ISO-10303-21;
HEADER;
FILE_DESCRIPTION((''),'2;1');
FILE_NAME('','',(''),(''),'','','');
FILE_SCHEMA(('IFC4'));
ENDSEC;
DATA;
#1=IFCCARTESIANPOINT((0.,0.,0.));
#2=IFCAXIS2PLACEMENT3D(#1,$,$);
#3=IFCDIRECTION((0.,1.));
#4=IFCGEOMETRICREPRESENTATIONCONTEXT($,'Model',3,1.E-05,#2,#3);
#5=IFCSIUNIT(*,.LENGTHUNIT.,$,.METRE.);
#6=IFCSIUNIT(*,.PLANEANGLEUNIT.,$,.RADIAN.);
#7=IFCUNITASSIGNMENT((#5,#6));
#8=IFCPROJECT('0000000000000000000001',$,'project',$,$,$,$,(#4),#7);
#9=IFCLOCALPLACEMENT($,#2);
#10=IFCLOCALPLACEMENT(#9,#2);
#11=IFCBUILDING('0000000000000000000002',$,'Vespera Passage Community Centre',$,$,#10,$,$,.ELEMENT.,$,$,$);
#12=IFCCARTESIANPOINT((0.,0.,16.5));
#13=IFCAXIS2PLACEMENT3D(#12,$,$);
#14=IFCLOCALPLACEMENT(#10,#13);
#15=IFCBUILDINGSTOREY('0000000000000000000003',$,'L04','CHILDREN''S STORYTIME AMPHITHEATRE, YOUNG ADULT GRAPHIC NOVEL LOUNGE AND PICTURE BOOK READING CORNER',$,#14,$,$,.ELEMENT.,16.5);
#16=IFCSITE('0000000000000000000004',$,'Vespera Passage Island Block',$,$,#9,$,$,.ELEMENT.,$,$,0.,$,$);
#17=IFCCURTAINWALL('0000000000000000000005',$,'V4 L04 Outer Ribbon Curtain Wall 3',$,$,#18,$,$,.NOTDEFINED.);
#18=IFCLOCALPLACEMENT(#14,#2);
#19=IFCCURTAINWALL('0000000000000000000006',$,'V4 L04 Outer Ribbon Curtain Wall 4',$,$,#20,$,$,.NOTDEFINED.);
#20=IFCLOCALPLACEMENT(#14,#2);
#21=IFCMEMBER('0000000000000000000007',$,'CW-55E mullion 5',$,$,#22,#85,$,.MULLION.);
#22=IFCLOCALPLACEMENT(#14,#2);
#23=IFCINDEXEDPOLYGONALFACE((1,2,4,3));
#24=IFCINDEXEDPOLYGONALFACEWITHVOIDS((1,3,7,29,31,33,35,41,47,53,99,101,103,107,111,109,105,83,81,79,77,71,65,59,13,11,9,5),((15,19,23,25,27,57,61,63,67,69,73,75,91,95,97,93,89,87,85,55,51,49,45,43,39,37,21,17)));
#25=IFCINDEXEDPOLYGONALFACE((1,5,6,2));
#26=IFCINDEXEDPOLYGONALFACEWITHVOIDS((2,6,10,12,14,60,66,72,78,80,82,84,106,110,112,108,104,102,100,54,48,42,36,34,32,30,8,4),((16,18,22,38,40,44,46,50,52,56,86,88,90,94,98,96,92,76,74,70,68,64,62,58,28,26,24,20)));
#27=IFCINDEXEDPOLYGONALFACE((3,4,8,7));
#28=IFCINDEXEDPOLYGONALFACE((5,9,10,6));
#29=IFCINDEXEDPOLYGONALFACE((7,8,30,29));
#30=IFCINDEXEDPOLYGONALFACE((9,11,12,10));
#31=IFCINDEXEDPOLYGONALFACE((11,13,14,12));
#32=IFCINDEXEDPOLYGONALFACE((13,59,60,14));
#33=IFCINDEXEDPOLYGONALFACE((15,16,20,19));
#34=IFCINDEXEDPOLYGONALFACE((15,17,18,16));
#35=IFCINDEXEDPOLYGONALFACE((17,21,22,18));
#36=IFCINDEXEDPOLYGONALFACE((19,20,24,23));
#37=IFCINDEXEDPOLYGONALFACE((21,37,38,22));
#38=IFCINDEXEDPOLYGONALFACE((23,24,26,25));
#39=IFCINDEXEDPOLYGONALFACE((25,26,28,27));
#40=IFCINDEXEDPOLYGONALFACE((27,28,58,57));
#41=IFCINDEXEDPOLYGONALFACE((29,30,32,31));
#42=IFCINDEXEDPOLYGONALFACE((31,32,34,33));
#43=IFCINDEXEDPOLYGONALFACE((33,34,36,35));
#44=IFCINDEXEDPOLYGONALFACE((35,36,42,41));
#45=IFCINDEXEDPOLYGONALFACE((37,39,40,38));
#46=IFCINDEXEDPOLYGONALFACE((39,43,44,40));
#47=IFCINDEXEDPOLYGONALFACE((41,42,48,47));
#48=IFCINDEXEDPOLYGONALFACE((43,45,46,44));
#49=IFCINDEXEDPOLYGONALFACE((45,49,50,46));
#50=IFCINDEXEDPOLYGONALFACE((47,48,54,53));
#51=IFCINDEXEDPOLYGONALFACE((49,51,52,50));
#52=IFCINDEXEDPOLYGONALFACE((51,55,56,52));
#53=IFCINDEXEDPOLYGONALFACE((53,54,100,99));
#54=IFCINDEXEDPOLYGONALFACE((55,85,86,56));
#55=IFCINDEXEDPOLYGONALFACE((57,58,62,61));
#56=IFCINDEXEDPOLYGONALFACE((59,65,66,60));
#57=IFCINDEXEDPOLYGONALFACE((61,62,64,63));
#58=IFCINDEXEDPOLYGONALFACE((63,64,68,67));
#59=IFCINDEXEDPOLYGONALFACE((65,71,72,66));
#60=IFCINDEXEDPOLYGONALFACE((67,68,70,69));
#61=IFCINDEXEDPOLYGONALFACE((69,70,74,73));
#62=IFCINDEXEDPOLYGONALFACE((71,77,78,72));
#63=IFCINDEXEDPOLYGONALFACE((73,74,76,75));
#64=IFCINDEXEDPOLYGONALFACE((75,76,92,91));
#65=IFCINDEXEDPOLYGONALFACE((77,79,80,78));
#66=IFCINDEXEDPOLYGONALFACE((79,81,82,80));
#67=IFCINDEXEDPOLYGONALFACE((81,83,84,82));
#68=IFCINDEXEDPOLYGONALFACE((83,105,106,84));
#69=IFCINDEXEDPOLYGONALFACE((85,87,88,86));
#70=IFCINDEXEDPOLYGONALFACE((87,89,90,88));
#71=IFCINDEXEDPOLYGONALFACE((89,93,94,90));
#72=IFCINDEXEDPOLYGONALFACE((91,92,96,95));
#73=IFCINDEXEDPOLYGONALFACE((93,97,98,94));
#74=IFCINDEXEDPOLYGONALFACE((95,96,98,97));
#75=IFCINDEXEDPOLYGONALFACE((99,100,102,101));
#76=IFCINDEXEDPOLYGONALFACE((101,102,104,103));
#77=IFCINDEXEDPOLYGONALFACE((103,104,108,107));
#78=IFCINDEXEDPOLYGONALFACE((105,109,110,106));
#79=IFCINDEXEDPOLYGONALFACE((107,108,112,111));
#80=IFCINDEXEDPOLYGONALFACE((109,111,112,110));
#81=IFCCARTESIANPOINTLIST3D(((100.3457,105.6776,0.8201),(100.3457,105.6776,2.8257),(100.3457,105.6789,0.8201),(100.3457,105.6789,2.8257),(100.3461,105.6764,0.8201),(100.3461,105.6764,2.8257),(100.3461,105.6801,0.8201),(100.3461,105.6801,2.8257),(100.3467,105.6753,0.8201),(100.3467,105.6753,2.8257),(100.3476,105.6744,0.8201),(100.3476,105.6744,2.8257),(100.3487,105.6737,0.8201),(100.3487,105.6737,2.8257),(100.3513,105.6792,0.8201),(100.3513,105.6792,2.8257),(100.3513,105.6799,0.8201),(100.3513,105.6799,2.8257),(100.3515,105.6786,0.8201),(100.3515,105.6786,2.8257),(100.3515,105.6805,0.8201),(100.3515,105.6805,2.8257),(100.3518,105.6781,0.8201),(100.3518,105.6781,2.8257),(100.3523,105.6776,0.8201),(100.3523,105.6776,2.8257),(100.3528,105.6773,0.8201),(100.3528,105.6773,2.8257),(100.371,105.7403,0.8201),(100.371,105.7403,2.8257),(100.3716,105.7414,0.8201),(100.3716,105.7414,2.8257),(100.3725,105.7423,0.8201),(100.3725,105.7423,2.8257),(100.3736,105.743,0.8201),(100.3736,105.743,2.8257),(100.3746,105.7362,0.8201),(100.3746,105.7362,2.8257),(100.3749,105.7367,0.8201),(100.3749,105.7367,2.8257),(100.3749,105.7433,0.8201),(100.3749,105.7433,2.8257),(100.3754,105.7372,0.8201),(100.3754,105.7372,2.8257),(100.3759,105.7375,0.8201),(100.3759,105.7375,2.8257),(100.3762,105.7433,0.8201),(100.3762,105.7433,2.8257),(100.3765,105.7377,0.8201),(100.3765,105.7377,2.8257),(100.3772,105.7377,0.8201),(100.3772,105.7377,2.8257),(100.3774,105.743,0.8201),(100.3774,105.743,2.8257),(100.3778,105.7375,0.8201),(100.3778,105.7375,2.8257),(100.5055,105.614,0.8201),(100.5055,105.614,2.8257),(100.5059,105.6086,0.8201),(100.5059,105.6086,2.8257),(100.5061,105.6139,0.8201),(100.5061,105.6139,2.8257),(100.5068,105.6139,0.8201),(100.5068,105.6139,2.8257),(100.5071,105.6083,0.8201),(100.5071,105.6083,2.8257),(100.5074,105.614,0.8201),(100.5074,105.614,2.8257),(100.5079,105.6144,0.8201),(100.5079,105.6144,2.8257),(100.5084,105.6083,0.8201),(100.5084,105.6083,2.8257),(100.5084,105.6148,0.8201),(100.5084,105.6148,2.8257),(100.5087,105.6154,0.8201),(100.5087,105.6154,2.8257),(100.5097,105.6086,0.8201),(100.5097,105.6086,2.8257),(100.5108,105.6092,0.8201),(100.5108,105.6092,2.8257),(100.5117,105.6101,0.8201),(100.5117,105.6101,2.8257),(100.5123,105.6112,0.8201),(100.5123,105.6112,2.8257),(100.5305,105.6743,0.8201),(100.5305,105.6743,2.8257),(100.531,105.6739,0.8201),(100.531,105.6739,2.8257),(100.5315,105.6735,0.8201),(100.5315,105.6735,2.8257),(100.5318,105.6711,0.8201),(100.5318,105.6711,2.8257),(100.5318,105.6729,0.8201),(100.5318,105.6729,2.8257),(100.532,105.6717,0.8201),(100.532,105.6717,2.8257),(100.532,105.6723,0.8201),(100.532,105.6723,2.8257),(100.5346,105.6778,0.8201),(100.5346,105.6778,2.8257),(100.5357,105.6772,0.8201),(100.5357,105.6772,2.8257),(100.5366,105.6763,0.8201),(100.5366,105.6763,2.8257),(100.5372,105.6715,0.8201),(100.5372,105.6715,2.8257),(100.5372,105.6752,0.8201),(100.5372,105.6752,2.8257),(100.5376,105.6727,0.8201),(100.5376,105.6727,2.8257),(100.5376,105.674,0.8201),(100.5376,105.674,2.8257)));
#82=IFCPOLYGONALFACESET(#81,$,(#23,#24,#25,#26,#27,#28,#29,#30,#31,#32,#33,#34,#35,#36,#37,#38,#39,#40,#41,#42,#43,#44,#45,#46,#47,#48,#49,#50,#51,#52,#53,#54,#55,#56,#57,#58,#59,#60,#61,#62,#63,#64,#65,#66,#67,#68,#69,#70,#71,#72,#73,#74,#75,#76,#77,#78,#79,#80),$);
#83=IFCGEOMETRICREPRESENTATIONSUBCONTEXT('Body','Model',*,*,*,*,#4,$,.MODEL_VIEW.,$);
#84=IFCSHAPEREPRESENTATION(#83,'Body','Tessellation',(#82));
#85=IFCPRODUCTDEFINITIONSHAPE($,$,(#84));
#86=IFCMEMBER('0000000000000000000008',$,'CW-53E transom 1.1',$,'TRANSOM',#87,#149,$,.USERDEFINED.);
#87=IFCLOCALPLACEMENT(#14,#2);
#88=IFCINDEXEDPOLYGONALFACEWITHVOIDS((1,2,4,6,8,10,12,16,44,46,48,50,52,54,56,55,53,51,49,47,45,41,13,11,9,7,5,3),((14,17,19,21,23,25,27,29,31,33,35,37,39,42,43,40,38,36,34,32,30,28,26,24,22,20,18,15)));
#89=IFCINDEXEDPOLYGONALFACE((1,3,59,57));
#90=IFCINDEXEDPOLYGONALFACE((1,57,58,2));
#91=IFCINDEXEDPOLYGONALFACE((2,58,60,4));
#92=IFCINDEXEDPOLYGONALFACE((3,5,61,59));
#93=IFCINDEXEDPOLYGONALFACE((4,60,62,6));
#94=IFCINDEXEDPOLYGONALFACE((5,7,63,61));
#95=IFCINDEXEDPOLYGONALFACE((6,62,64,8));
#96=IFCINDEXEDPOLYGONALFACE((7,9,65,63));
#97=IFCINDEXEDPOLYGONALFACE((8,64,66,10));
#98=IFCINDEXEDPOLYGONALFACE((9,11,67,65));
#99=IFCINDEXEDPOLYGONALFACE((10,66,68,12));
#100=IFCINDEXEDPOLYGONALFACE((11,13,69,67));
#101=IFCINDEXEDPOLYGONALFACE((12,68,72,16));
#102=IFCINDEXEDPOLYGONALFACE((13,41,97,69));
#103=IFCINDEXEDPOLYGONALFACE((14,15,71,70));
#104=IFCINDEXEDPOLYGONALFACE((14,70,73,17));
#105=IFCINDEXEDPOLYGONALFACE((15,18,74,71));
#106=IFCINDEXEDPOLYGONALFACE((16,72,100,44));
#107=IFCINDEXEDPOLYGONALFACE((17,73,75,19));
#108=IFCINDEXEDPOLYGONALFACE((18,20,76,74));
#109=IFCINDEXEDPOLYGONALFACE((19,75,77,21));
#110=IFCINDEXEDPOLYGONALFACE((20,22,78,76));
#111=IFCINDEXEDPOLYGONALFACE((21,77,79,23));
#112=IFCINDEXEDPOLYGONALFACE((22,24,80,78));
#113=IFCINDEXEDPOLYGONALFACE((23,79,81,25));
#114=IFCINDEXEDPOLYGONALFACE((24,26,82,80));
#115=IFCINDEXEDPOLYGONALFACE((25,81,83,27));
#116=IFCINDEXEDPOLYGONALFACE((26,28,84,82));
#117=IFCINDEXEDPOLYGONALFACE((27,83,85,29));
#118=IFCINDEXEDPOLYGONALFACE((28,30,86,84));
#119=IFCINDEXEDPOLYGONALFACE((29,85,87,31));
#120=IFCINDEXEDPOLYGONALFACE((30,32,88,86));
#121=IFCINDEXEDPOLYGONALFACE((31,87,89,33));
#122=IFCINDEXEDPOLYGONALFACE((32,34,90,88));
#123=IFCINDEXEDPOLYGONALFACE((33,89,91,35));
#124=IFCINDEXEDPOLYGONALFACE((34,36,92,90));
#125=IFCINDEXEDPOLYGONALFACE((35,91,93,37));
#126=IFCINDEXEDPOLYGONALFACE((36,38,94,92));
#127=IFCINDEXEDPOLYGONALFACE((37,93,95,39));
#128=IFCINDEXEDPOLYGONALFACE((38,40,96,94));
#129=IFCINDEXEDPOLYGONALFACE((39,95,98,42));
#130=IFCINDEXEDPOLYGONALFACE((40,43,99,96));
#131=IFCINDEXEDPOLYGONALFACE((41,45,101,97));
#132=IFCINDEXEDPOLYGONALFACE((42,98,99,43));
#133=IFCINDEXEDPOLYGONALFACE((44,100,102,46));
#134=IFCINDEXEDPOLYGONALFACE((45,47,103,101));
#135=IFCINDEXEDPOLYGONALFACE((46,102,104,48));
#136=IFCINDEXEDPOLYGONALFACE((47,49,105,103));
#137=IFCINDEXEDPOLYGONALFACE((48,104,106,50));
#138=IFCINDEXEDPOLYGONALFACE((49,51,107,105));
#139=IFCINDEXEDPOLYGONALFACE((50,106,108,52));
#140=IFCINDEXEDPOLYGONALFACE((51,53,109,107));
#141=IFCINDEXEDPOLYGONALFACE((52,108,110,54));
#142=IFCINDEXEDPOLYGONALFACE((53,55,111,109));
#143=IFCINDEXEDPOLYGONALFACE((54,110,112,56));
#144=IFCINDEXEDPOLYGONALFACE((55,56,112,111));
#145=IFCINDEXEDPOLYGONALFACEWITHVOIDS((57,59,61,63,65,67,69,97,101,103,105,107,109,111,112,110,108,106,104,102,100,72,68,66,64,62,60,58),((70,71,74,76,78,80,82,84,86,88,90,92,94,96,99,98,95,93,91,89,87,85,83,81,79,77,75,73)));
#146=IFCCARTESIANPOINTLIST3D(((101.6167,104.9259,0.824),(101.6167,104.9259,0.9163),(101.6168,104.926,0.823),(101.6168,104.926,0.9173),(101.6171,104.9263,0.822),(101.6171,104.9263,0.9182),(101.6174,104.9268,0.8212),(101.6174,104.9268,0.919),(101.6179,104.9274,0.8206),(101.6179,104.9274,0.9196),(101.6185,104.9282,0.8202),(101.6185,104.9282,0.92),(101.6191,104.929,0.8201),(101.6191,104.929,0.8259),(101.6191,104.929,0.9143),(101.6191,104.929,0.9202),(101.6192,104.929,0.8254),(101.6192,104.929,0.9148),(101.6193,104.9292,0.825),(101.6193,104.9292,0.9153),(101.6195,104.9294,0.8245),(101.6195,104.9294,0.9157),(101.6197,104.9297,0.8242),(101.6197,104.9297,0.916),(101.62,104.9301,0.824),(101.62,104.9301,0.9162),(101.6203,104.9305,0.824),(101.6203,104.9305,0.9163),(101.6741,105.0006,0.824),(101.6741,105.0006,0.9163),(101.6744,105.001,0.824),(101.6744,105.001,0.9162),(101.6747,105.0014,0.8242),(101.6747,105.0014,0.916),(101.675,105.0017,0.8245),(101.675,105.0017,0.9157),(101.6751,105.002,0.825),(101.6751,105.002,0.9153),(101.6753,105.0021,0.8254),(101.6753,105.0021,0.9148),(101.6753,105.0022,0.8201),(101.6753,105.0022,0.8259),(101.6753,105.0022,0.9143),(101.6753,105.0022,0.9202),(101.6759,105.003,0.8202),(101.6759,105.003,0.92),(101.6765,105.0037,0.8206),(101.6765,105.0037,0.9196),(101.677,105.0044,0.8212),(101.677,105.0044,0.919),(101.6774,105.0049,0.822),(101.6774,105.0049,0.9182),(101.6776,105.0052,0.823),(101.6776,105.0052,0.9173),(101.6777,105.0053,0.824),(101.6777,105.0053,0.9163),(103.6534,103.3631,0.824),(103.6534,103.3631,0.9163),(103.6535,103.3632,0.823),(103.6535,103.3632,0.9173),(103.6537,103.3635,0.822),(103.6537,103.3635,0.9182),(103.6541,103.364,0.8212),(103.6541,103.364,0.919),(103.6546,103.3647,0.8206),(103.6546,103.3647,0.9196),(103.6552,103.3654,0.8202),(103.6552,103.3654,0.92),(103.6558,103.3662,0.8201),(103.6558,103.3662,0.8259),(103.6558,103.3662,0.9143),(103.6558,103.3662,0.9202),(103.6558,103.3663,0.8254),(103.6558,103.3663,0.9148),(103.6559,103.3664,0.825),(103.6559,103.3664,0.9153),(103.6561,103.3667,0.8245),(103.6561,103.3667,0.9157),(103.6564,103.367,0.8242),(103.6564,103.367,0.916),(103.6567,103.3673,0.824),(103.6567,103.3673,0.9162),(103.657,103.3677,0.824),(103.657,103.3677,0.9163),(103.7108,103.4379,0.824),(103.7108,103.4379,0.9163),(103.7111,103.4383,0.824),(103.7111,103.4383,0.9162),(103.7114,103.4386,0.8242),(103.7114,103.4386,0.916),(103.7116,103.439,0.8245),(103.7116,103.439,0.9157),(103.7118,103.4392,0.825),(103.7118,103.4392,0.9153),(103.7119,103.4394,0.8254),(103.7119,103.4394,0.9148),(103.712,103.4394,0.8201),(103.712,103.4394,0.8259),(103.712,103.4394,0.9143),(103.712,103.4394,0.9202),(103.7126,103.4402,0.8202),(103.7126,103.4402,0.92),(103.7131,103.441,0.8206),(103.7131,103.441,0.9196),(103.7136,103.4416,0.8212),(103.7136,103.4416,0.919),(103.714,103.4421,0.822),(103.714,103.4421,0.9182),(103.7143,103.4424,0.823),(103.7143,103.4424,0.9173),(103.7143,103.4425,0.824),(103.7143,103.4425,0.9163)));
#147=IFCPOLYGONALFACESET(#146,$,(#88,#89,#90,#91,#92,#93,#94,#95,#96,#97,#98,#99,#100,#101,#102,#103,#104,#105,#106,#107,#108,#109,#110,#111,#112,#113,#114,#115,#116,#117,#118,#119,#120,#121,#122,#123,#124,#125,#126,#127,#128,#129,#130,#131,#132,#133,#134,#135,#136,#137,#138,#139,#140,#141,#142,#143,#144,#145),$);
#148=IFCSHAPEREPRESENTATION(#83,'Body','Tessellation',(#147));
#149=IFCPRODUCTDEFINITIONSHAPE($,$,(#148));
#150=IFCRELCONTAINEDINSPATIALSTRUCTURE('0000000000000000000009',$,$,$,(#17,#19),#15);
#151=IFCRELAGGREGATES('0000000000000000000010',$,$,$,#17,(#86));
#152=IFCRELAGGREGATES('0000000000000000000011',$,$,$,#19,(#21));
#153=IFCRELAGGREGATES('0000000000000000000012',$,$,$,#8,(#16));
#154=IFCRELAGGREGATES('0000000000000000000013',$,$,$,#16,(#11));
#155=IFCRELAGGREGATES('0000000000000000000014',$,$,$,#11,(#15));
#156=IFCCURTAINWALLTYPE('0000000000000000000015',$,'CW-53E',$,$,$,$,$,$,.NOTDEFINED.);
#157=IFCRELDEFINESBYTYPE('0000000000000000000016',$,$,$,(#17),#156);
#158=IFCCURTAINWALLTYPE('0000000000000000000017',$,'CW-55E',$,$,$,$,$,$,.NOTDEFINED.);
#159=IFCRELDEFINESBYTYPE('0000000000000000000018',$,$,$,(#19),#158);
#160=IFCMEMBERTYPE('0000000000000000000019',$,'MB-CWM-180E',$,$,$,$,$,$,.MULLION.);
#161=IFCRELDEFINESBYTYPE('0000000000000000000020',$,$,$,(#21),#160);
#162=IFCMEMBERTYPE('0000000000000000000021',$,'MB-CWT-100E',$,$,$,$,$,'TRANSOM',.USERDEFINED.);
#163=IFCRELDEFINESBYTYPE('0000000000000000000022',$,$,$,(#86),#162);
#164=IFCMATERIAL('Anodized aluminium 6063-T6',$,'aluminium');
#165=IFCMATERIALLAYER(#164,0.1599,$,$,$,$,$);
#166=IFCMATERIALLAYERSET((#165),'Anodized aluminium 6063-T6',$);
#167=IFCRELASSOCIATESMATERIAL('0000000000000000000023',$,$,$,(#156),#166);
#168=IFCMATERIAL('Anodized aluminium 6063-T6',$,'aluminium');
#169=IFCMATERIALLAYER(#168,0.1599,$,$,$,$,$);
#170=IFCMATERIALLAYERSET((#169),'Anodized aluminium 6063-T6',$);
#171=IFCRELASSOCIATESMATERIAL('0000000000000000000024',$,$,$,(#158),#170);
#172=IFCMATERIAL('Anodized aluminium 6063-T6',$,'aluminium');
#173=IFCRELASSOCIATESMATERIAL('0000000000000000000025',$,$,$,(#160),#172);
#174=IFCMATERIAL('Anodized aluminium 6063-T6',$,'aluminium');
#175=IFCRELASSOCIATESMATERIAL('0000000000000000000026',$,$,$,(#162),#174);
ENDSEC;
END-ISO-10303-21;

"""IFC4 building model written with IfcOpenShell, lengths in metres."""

from ifc_helpers import new_model, si_unit, direction, frame, origin, origin_2d, place, context, subcontext, project, spatial, hollow_rectangle, extrude, material, layer, layer_set, material_profile, profile_set, type_object, element, aggregate, save


model = new_model("IFC4")

# Units and contexts
model_context = context("Model", 3, precision=1e-05, world=origin(), true_north=direction((0.0, 1.0)))
body_context = subcontext(model_context, "Body", "Model", "MODEL_VIEW")
ifc_project = project(units=[si_unit("LENGTHUNIT", "METRE"), si_unit("PLANEANGLEUNIT", "RADIAN")], contexts=[model_context])

# Site, building, storey
site_placement = place(None, origin())
site = spatial("IfcSite", under=ifc_project, at=site_placement, Name="Vespera Passage Island Block", CompositionType="ELEMENT", RefElevation=0.0)
building_placement = place(site_placement, origin())
building = spatial("IfcBuilding", under=site, at=building_placement, Name="Vespera Passage Community Centre", CompositionType="ELEMENT")
storey_placement = place(building_placement, frame((0.0, 0.0, 16.5)))
storey = spatial("IfcBuildingStorey", under=building, at=storey_placement, Name="L04", Description="CHILDREN'S STORYTIME AMPHITHEATRE, YOUNG ADULT GRAPHIC NOVEL LOUNGE AND PICTURE BOOK READING CORNER", CompositionType="ELEMENT", Elevation=16.5)

# Curtain wall
ifc_material_1 = material(Name="Anodized aluminium 6063-T6", Category="aluminium")
ifc_layer_1 = layer(ifc_material_1, 0.1599)
ifc_layer_set_1 = layer_set([ifc_layer_1], Name="Anodized aluminium 6063-T6")
curtain_wall_type_1 = type_object("IfcCurtainWallType", Name="CW-53E", PredefinedType="NOTDEFINED", material=ifc_layer_set_1)
curtain_wall_1_placement = place(storey_placement, origin())
curtain_wall_1 = element("IfcCurtainWall", 1, at=curtain_wall_1_placement, inside=storey, type_object=curtain_wall_type_1, Name="V4 L04 Outer Ribbon Curtain Wall 3", PredefinedType="NOTDEFINED")

# Curtain wall, member
ifc_material_2 = material(Name="Anodized aluminium 6063-T6", Category="aluminium")
ifc_layer_2 = layer(ifc_material_2, 0.1599)
ifc_layer_set_2 = layer_set([ifc_layer_2], Name="Anodized aluminium 6063-T6")
curtain_wall_type_2 = type_object("IfcCurtainWallType", Name="CW-55E", PredefinedType="NOTDEFINED", material=ifc_layer_set_2)
curtain_wall_2_placement = place(storey_placement, origin())
curtain_wall_2 = element("IfcCurtainWall", 2, at=curtain_wall_2_placement, inside=storey, type_object=curtain_wall_type_2, Name="V4 L04 Outer Ribbon Curtain Wall 4", PredefinedType="NOTDEFINED")
ifc_material_3 = material(Name="Anodized aluminium 6063-T6", Category="aluminium")
ifc_material_profile_1 = material_profile(ifc_material_3, hollow_rectangle(XDim=0.075, YDim=0.1799, WallThickness=0.0049, InnerFilletRadius=0.0024, OuterFilletRadius=0.0049, at=origin_2d()), Name="ALU180X75X5")
ifc_profile_set_1 = profile_set([ifc_material_profile_1], Name="Anodized aluminium 6063-T6")
member_type_1 = type_object("IfcMemberType", Name="MB-CWM-180E", PredefinedType="MULLION", material=ifc_profile_set_1)
member_1_placement = place(storey_placement, frame((100.4417, 105.6758, 0.8201), z_axis=(0.0, 0.0, 1.0), x_axis=(0.382683, 0.92388, 0.0)))
member_1 = element("IfcMember", 3, at=member_1_placement, type_object=member_type_1, Name="CW-55E mullion 5", PredefinedType="MULLION", context=body_context, shape_type="SweptSolid", body=[
    extrude(hollow_rectangle(XDim=0.075, YDim=0.1799, WallThickness=0.0049, InnerFilletRadius=0.0024, OuterFilletRadius=0.0049, at=origin_2d()), origin(), (0.0, 0.0, 1.0), 2.0056),
])

# Member
ifc_material_4 = material(Name="Anodized aluminium 6063-T6", Category="aluminium")
ifc_material_profile_2 = material_profile(ifc_material_4, hollow_rectangle(XDim=0.1001, YDim=0.1001, WallThickness=0.0039, InnerFilletRadius=0.002, OuterFilletRadius=0.0039, at=origin_2d()), Name="ALU100X100X4")
ifc_profile_set_2 = profile_set([ifc_material_profile_2], Name="Anodized aluminium 6063-T6")
member_type_2 = type_object("IfcMemberType", Name="MB-CWT-100E", ElementType="TRANSOM", PredefinedType="USERDEFINED", material=ifc_profile_set_2)
member_2_placement = place(storey_placement, frame((101.6472, 104.9656, 0.8701), z_axis=(0.793355, -0.608759, 0.0), x_axis=(0.608759, 0.793355, 0.0)))
member_2 = element("IfcMember", 4, at=member_2_placement, type_object=member_type_2, Name="CW-53E transom 1.1", ObjectType="TRANSOM", PredefinedType="USERDEFINED", context=body_context, shape_type="SweptSolid", body=[
    extrude(hollow_rectangle(XDim=0.1001, YDim=0.1001, WallThickness=0.0039, InnerFilletRadius=0.002, OuterFilletRadius=0.0039, at=origin_2d()), origin(), (0.0, 0.0, 1.0), 2.5671),
])

aggregate(curtain_wall_1, [member_2])
aggregate(curtain_wall_2, [member_1])

save(model, "model.ifc")
